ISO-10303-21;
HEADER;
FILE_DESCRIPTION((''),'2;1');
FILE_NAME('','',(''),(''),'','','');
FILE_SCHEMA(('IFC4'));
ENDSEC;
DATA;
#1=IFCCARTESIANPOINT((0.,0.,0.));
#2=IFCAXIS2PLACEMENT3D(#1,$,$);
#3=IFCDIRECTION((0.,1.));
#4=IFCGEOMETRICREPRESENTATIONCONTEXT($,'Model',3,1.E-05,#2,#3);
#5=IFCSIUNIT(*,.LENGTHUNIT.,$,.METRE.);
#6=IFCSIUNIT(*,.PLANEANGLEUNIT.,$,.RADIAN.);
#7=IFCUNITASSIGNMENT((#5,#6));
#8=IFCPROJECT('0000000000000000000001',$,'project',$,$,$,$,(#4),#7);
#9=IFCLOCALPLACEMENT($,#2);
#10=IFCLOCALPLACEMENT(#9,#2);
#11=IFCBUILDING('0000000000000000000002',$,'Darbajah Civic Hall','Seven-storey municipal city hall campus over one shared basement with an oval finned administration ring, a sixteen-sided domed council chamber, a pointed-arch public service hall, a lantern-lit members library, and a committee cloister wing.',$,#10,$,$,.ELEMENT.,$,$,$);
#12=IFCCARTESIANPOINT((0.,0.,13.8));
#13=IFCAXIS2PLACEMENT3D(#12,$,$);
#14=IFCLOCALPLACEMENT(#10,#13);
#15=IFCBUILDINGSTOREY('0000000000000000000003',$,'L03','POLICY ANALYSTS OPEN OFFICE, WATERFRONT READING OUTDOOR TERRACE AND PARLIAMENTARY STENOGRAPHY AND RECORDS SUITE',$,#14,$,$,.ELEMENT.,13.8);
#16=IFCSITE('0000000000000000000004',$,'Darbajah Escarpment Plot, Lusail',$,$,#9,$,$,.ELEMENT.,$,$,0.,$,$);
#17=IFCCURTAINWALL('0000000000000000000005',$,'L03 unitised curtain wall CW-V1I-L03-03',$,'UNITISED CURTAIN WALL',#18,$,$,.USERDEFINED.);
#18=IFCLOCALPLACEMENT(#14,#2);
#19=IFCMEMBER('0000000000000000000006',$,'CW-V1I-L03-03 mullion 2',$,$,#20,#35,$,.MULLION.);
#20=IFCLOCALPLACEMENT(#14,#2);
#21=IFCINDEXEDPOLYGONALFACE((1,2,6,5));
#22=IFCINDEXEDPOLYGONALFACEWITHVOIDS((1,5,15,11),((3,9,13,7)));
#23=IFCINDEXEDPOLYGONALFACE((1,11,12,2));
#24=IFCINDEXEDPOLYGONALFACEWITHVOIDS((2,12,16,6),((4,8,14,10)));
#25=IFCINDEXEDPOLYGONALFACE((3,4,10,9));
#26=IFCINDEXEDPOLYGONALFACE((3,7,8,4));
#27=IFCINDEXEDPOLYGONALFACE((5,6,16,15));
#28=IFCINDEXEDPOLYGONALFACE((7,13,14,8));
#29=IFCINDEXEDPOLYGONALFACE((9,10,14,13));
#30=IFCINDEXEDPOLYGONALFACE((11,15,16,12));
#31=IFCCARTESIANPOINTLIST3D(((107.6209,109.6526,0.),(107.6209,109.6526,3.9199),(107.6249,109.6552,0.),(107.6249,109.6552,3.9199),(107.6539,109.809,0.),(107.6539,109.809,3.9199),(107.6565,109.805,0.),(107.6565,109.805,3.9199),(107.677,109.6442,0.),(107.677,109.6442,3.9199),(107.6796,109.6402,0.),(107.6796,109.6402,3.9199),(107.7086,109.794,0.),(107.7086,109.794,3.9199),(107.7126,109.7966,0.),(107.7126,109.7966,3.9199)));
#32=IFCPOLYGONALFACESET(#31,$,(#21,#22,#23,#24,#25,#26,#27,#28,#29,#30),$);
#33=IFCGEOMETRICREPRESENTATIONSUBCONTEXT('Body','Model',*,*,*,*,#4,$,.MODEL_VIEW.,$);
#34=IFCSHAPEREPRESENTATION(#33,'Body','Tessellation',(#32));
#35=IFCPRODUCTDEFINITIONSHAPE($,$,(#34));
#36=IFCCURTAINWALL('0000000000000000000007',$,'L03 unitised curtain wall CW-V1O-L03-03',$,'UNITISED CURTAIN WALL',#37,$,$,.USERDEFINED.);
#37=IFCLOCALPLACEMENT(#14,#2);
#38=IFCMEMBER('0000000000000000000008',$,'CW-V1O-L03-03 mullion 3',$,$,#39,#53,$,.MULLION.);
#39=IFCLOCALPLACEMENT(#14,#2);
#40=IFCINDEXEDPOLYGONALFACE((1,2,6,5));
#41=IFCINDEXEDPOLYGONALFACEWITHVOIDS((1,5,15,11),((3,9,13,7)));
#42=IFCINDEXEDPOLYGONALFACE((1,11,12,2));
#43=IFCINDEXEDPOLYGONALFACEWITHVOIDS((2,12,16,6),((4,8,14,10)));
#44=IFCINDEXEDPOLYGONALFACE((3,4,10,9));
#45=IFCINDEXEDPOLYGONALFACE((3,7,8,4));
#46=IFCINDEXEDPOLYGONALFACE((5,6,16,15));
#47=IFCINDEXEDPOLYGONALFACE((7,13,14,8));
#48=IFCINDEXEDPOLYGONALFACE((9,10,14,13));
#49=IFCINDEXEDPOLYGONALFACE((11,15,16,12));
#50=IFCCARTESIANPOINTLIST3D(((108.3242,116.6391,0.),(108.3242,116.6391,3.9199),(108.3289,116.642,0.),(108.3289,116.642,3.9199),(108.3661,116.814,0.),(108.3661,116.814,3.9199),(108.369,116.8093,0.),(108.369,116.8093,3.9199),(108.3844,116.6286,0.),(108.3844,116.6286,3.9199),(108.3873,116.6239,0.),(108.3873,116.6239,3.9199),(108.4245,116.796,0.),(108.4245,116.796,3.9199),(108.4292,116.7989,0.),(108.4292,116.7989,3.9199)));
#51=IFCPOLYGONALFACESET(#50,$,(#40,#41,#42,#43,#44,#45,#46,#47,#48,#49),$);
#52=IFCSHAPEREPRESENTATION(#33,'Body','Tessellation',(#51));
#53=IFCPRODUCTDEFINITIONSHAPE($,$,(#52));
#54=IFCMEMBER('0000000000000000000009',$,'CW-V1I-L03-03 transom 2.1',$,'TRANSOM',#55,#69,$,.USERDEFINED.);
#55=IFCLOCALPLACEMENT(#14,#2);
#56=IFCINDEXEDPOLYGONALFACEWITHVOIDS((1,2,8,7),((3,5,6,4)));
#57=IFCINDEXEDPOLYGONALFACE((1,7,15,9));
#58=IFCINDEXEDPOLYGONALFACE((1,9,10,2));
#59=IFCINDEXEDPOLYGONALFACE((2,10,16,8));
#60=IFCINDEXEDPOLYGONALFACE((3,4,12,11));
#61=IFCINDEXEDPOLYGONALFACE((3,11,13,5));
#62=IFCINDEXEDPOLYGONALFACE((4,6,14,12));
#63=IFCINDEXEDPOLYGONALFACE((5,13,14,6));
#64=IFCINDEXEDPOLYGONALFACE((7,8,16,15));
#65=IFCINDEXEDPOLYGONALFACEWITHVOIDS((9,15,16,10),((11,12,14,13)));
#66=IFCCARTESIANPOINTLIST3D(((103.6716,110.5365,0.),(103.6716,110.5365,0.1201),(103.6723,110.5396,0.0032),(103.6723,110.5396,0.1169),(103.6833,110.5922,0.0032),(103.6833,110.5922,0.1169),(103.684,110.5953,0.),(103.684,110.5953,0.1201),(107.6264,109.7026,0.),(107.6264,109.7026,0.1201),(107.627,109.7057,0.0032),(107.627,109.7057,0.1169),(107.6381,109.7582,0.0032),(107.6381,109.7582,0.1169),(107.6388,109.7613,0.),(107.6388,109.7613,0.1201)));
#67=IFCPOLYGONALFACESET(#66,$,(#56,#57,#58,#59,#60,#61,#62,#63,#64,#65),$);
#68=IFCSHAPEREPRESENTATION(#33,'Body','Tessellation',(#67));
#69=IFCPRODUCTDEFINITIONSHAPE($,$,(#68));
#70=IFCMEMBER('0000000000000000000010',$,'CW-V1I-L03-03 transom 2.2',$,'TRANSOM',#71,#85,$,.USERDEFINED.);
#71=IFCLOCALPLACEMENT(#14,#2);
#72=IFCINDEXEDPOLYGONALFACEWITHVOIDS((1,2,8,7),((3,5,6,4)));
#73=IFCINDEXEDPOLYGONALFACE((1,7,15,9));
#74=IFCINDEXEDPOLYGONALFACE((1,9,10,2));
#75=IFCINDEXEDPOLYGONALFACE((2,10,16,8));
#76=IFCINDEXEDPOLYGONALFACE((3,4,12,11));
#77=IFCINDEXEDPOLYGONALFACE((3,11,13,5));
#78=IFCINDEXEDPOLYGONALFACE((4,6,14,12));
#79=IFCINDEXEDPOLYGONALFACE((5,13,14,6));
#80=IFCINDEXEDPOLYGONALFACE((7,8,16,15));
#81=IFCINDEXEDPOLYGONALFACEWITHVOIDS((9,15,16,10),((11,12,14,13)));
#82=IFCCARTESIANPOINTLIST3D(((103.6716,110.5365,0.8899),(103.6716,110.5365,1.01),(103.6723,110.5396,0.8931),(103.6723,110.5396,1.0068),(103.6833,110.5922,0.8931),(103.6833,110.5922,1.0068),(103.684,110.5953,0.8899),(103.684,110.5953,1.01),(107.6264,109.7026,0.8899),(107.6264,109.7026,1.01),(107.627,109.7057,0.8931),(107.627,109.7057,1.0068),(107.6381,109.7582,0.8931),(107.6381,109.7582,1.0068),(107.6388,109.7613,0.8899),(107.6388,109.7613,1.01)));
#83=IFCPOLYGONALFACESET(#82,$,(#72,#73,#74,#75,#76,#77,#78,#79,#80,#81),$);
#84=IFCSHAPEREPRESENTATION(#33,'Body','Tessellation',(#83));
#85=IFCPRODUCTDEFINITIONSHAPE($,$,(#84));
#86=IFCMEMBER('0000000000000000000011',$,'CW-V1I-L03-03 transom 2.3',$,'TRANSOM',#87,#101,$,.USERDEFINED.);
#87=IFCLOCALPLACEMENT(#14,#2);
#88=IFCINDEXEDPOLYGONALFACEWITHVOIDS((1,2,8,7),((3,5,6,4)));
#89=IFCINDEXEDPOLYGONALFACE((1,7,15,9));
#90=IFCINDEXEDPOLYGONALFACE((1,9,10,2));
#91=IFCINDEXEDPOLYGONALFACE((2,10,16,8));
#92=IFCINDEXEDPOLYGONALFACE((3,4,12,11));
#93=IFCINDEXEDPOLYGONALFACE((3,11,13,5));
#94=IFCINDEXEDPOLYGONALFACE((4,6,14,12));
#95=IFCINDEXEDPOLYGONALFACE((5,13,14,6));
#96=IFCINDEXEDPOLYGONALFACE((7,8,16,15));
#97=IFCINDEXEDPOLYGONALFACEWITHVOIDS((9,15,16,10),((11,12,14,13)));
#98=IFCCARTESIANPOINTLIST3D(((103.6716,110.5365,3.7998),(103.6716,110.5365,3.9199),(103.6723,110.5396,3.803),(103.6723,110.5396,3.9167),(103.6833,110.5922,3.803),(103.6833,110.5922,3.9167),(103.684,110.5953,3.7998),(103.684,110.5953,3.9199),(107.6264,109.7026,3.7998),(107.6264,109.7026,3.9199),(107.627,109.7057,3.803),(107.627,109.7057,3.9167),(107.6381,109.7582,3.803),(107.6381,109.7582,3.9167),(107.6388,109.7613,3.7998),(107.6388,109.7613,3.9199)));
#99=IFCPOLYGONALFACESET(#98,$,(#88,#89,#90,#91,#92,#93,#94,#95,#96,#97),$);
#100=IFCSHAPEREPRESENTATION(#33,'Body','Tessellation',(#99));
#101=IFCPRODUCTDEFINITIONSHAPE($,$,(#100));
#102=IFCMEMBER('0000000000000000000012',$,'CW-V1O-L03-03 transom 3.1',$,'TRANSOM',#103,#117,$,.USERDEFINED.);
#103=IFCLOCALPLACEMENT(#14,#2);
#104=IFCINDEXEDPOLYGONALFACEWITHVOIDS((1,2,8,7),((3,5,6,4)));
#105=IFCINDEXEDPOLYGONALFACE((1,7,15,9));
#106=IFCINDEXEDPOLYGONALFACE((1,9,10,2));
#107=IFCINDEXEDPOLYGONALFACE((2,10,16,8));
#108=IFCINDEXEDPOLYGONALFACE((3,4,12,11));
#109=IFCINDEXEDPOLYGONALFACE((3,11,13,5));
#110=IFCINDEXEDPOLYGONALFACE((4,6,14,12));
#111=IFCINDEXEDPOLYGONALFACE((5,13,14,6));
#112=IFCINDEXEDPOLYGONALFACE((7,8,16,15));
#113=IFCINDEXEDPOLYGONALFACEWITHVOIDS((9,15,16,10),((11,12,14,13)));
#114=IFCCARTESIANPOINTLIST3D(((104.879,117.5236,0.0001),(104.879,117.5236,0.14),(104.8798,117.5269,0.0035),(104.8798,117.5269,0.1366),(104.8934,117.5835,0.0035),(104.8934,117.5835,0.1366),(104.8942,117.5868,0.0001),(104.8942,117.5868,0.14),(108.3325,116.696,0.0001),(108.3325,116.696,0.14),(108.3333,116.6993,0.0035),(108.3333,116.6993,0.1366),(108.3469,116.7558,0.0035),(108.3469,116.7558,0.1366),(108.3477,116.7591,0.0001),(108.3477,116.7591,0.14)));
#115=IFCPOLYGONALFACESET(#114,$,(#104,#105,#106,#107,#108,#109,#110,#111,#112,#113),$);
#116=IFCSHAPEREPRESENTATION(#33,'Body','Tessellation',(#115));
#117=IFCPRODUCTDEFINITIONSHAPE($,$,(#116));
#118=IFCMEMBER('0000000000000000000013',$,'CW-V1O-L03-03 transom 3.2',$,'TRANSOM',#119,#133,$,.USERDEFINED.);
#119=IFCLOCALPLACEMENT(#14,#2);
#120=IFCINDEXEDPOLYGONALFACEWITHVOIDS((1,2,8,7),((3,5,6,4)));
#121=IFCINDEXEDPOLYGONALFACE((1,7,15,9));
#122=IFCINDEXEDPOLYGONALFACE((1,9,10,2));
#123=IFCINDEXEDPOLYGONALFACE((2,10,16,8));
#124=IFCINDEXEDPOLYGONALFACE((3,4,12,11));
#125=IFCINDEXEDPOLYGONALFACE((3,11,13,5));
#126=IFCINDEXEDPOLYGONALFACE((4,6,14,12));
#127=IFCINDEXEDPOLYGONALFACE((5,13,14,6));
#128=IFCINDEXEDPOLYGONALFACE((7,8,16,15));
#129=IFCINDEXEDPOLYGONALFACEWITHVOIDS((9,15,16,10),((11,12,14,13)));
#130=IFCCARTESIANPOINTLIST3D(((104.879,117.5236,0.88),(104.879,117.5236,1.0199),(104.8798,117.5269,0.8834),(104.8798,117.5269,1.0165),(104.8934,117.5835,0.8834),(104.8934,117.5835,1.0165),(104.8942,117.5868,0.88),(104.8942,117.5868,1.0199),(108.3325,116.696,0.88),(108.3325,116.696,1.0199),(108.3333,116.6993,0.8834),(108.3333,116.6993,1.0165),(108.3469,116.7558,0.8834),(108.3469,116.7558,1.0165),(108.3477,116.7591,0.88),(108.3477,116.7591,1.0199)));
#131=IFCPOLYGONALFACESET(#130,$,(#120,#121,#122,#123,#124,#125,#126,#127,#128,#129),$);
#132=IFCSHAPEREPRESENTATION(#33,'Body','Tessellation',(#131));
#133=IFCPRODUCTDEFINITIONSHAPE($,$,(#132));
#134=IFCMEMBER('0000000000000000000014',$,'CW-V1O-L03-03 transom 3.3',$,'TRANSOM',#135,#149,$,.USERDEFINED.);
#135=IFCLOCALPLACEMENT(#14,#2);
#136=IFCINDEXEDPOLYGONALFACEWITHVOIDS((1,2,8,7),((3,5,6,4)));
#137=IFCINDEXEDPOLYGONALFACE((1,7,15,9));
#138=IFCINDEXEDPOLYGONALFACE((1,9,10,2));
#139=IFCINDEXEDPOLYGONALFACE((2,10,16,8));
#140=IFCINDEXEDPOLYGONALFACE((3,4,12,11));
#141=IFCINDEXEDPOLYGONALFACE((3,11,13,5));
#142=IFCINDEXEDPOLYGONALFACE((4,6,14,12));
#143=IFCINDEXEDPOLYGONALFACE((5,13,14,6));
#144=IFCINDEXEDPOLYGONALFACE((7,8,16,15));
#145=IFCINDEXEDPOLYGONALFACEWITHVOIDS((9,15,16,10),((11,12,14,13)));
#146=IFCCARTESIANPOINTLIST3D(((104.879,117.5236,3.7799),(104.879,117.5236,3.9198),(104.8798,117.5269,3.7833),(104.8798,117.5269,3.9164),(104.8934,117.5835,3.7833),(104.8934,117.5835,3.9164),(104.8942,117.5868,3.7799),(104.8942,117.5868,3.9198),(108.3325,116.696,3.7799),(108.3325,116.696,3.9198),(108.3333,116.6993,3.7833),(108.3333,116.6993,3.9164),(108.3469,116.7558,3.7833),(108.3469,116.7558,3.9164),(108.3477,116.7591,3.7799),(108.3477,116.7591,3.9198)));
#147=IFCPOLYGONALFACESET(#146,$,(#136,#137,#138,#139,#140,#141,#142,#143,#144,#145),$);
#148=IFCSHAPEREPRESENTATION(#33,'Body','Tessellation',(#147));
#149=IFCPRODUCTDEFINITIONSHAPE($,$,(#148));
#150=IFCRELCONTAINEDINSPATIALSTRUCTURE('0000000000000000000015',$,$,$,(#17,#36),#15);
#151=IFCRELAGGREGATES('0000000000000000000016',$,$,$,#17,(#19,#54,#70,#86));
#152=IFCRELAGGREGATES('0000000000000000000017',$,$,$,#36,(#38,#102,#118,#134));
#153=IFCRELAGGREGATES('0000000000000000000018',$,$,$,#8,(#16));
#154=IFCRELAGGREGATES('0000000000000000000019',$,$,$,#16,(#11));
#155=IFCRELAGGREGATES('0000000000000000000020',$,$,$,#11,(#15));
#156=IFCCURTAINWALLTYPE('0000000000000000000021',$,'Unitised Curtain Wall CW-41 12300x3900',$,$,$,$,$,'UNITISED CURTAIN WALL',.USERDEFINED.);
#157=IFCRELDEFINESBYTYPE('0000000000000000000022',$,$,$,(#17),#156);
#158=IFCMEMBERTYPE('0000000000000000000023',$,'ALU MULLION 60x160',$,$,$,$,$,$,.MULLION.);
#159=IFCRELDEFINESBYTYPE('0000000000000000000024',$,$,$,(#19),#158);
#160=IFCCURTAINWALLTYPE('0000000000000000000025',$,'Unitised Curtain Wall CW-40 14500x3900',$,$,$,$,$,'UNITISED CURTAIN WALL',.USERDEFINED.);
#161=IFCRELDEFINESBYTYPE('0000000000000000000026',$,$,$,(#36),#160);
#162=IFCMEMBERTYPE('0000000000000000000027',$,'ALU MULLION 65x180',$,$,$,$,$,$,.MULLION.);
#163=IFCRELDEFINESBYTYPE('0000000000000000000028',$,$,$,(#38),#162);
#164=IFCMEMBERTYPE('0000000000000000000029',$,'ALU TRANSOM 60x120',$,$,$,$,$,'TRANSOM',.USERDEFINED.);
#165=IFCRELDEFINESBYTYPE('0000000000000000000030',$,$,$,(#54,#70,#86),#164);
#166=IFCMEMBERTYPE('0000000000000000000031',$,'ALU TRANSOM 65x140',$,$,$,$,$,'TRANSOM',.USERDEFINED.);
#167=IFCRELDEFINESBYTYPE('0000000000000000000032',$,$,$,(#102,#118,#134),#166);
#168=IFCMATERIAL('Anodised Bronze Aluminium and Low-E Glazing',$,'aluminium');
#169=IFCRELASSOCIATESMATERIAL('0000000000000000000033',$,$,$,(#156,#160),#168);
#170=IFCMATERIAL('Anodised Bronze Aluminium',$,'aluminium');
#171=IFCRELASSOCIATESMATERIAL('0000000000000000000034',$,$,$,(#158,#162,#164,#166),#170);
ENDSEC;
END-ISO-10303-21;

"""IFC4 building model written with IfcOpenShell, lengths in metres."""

from ifc_helpers import new_model, si_unit, direction, frame, origin, origin_2d, place, context, subcontext, project, spatial, hollow_rectangle, extrude, material, material_profile, profile_set, type_object, element, aggregate, save


model = new_model("IFC4")

# Units and contexts
model_context = context("Model", 3, precision=1e-05, world=origin(), true_north=direction((0.0, 1.0)))
body_context = subcontext(model_context, "Body", "Model", "MODEL_VIEW")
ifc_project = project(units=[si_unit("LENGTHUNIT", "METRE"), si_unit("PLANEANGLEUNIT", "RADIAN")], contexts=[model_context])

# Site, building, storey
site_placement = place(None, origin())
site = spatial("IfcSite", under=ifc_project, at=site_placement, Name="Darbajah Escarpment Plot, Lusail", CompositionType="ELEMENT", RefElevation=0.0)
building_placement = place(site_placement, origin())
building = spatial("IfcBuilding", under=site, at=building_placement, Name="Darbajah Civic Hall", Description="Seven-storey municipal city hall campus over one shared basement with an oval finned administration ring, a sixteen-sided domed council chamber, a pointed-arch public service hall, a lantern-lit members library, and a committee cloister wing.", CompositionType="ELEMENT")
storey_placement = place(building_placement, frame((0.0, 0.0, 13.8)))
storey = spatial("IfcBuildingStorey", under=building, at=storey_placement, Name="L03", Description="POLICY ANALYSTS OPEN OFFICE, WATERFRONT READING OUTDOOR TERRACE AND PARLIAMENTARY STENOGRAPHY AND RECORDS SUITE", CompositionType="ELEMENT", Elevation=13.8)

# Curtain walls, members
ifc_material_1 = material(Name="Anodised Bronze Aluminium and Low-E Glazing", Category="aluminium")
curtain_wall_type_1 = type_object("IfcCurtainWallType", Name="Unitised Curtain Wall CW-41 12300x3900", ElementType="UNITISED CURTAIN WALL", PredefinedType="USERDEFINED", material=ifc_material_1)
curtain_wall_1_placement = place(storey_placement, origin())
curtain_wall_1 = element("IfcCurtainWall", 1, at=curtain_wall_1_placement, inside=storey, type_object=curtain_wall_type_1, Name="L03 unitised curtain wall CW-V1I-L03-03", ObjectType="UNITISED CURTAIN WALL", PredefinedType="USERDEFINED")
ifc_material_2 = material(Name="Anodised Bronze Aluminium", Category="aluminium")
ifc_material_profile_1 = material_profile(ifc_material_2, hollow_rectangle(XDim=0.0601, YDim=0.1599, WallThickness=0.0034, at=origin_2d()), Name="ALU MULLION 60x160")
ifc_profile_set_1 = profile_set([ifc_material_profile_1], Name="Anodised Bronze Aluminium")
member_type_1 = type_object("IfcMemberType", Name="ALU MULLION 60x160", PredefinedType="MULLION", material=ifc_profile_set_1)
member_1_placement = place(storey_placement, frame((107.6667, 109.7246, 0.0), z_axis=(0.0, 0.0, 1.0), x_axis=(-0.978473, 0.206375, 0.0)))
member_1 = element("IfcMember", 2, at=member_1_placement, type_object=member_type_1, Name="CW-V1I-L03-03 mullion 2", PredefinedType="MULLION", context=body_context, shape_type="SweptSolid", body=[
    extrude(hollow_rectangle(XDim=0.0601, YDim=0.1599, WallThickness=0.0034, at=origin_2d()), origin(), (0.0, 0.0, 1.0), 3.9199),
])
curtain_wall_type_2 = type_object("IfcCurtainWallType", Name="Unitised Curtain Wall CW-40 14500x3900", ElementType="UNITISED CURTAIN WALL", PredefinedType="USERDEFINED", material=ifc_material_1)
curtain_wall_2_placement = place(storey_placement, origin())
curtain_wall_2 = element("IfcCurtainWall", 3, at=curtain_wall_2_placement, inside=storey, type_object=curtain_wall_type_2, Name="L03 unitised curtain wall CW-V1O-L03-03", ObjectType="UNITISED CURTAIN WALL", PredefinedType="USERDEFINED")
ifc_material_profile_2 = material_profile(ifc_material_2, hollow_rectangle(XDim=0.0649, YDim=0.1799, WallThickness=0.0039, at=origin_2d()), Name="ALU MULLION 65x180")
ifc_profile_set_2 = profile_set([ifc_material_profile_2], Name="Anodised Bronze Aluminium")
member_type_2 = type_object("IfcMemberType", Name="ALU MULLION 65x180", PredefinedType="MULLION", material=ifc_profile_set_2)
member_2_placement = place(storey_placement, frame((108.3767, 116.719, 0.0), z_axis=(0.0, 0.0, 1.0), x_axis=(-0.972492, 0.232936, 0.0)))
member_2 = element("IfcMember", 4, at=member_2_placement, type_object=member_type_2, Name="CW-V1O-L03-03 mullion 3", PredefinedType="MULLION", context=body_context, shape_type="SweptSolid", body=[
    extrude(hollow_rectangle(XDim=0.0649, YDim=0.1799, WallThickness=0.0039, at=origin_2d()), origin(), (0.0, 0.0, 1.0), 3.9199),
])

# Members
ifc_material_profile_3 = material_profile(ifc_material_2, hollow_rectangle(XDim=0.0601, YDim=0.1201, WallThickness=0.0032, at=origin_2d()), Name="ALU TRANSOM 60x120")
ifc_profile_set_3 = profile_set([ifc_material_profile_3], Name="Anodised Bronze Aluminium")
member_type_3 = type_object("IfcMemberType", Name="ALU TRANSOM 60x120", ElementType="TRANSOM", PredefinedType="USERDEFINED", material=ifc_profile_set_3)
member_3_placement = place(storey_placement, frame((107.6326, 109.7319, 0.0601), z_axis=(-0.978481, 0.206339, 0.0), x_axis=(-0.206339, -0.978481, 0.0)))
member_3 = element("IfcMember", 5, at=member_3_placement, type_object=member_type_3, Name="CW-V1I-L03-03 transom 2.1", ObjectType="TRANSOM", PredefinedType="USERDEFINED", context=body_context, shape_type="SweptSolid", body=[
    extrude(hollow_rectangle(XDim=0.0601, YDim=0.1201, WallThickness=0.0032, at=origin_2d()), origin(), (0.0, 0.0, 1.0), 4.0417),
])
member_4_placement = place(storey_placement, frame((107.6326, 109.7319, 0.95), z_axis=(-0.978481, 0.206339, 0.0), x_axis=(-0.206339, -0.978481, 0.0)))
member_4 = element("IfcMember", 6, at=member_4_placement, type_object=member_type_3, Name="CW-V1I-L03-03 transom 2.2", ObjectType="TRANSOM", PredefinedType="USERDEFINED", context=body_context, shape_type="SweptSolid", body=[
    extrude(hollow_rectangle(XDim=0.0601, YDim=0.1201, WallThickness=0.0032, at=origin_2d()), origin(), (0.0, 0.0, 1.0), 4.0417),
])
member_5_placement = place(storey_placement, frame((107.6326, 109.7319, 3.8599), z_axis=(-0.978481, 0.206339, 0.0), x_axis=(-0.206339, -0.978481, 0.0)))
member_5 = element("IfcMember", 7, at=member_5_placement, type_object=member_type_3, Name="CW-V1I-L03-03 transom 2.3", ObjectType="TRANSOM", PredefinedType="USERDEFINED", context=body_context, shape_type="SweptSolid", body=[
    extrude(hollow_rectangle(XDim=0.0601, YDim=0.1201, WallThickness=0.0032, at=origin_2d()), origin(), (0.0, 0.0, 1.0), 4.0417),
])
ifc_material_profile_4 = material_profile(ifc_material_2, hollow_rectangle(XDim=0.0649, YDim=0.1399, WallThickness=0.0034, at=origin_2d()), Name="ALU TRANSOM 65x140")
ifc_profile_set_4 = profile_set([ifc_material_profile_4], Name="Anodised Bronze Aluminium")
member_type_4 = type_object("IfcMemberType", Name="ALU TRANSOM 65x140", ElementType="TRANSOM", PredefinedType="USERDEFINED", material=ifc_profile_set_4)
member_6_placement = place(storey_placement, frame((108.3401, 116.7275, 0.0701), z_axis=(-0.972462, 0.233061, 0.0), x_axis=(-0.233061, -0.972462, 0.0)))
member_6 = element("IfcMember", 8, at=member_6_placement, type_object=member_type_4, Name="CW-V1O-L03-03 transom 3.1", ObjectType="TRANSOM", PredefinedType="USERDEFINED", context=body_context, shape_type="SweptSolid", body=[
    extrude(hollow_rectangle(XDim=0.0649, YDim=0.1399, WallThickness=0.0034, at=origin_2d()), origin(), (0.0, 0.0, 1.0), 3.5513),
])
member_7_placement = place(storey_placement, frame((108.3401, 116.7275, 0.95), z_axis=(-0.972462, 0.233061, 0.0), x_axis=(-0.233061, -0.972462, 0.0)))
member_7 = element("IfcMember", 9, at=member_7_placement, type_object=member_type_4, Name="CW-V1O-L03-03 transom 3.2", ObjectType="TRANSOM", PredefinedType="USERDEFINED", context=body_context, shape_type="SweptSolid", body=[
    extrude(hollow_rectangle(XDim=0.0649, YDim=0.1399, WallThickness=0.0034, at=origin_2d()), origin(), (0.0, 0.0, 1.0), 3.5513),
])
member_8_placement = place(storey_placement, frame((108.3401, 116.7275, 3.8499), z_axis=(-0.972462, 0.233061, 0.0), x_axis=(-0.233061, -0.972462, 0.0)))
member_8 = element("IfcMember", 10, at=member_8_placement, type_object=member_type_4, Name="CW-V1O-L03-03 transom 3.3", ObjectType="TRANSOM", PredefinedType="USERDEFINED", context=body_context, shape_type="SweptSolid", body=[
    extrude(hollow_rectangle(XDim=0.0649, YDim=0.1399, WallThickness=0.0034, at=origin_2d()), origin(), (0.0, 0.0, 1.0), 3.5513),
])

aggregate(curtain_wall_1, [member_1, member_3, member_4, member_5])
aggregate(curtain_wall_2, [member_2, member_6, member_7, member_8])

save(model, "model.ifc")
